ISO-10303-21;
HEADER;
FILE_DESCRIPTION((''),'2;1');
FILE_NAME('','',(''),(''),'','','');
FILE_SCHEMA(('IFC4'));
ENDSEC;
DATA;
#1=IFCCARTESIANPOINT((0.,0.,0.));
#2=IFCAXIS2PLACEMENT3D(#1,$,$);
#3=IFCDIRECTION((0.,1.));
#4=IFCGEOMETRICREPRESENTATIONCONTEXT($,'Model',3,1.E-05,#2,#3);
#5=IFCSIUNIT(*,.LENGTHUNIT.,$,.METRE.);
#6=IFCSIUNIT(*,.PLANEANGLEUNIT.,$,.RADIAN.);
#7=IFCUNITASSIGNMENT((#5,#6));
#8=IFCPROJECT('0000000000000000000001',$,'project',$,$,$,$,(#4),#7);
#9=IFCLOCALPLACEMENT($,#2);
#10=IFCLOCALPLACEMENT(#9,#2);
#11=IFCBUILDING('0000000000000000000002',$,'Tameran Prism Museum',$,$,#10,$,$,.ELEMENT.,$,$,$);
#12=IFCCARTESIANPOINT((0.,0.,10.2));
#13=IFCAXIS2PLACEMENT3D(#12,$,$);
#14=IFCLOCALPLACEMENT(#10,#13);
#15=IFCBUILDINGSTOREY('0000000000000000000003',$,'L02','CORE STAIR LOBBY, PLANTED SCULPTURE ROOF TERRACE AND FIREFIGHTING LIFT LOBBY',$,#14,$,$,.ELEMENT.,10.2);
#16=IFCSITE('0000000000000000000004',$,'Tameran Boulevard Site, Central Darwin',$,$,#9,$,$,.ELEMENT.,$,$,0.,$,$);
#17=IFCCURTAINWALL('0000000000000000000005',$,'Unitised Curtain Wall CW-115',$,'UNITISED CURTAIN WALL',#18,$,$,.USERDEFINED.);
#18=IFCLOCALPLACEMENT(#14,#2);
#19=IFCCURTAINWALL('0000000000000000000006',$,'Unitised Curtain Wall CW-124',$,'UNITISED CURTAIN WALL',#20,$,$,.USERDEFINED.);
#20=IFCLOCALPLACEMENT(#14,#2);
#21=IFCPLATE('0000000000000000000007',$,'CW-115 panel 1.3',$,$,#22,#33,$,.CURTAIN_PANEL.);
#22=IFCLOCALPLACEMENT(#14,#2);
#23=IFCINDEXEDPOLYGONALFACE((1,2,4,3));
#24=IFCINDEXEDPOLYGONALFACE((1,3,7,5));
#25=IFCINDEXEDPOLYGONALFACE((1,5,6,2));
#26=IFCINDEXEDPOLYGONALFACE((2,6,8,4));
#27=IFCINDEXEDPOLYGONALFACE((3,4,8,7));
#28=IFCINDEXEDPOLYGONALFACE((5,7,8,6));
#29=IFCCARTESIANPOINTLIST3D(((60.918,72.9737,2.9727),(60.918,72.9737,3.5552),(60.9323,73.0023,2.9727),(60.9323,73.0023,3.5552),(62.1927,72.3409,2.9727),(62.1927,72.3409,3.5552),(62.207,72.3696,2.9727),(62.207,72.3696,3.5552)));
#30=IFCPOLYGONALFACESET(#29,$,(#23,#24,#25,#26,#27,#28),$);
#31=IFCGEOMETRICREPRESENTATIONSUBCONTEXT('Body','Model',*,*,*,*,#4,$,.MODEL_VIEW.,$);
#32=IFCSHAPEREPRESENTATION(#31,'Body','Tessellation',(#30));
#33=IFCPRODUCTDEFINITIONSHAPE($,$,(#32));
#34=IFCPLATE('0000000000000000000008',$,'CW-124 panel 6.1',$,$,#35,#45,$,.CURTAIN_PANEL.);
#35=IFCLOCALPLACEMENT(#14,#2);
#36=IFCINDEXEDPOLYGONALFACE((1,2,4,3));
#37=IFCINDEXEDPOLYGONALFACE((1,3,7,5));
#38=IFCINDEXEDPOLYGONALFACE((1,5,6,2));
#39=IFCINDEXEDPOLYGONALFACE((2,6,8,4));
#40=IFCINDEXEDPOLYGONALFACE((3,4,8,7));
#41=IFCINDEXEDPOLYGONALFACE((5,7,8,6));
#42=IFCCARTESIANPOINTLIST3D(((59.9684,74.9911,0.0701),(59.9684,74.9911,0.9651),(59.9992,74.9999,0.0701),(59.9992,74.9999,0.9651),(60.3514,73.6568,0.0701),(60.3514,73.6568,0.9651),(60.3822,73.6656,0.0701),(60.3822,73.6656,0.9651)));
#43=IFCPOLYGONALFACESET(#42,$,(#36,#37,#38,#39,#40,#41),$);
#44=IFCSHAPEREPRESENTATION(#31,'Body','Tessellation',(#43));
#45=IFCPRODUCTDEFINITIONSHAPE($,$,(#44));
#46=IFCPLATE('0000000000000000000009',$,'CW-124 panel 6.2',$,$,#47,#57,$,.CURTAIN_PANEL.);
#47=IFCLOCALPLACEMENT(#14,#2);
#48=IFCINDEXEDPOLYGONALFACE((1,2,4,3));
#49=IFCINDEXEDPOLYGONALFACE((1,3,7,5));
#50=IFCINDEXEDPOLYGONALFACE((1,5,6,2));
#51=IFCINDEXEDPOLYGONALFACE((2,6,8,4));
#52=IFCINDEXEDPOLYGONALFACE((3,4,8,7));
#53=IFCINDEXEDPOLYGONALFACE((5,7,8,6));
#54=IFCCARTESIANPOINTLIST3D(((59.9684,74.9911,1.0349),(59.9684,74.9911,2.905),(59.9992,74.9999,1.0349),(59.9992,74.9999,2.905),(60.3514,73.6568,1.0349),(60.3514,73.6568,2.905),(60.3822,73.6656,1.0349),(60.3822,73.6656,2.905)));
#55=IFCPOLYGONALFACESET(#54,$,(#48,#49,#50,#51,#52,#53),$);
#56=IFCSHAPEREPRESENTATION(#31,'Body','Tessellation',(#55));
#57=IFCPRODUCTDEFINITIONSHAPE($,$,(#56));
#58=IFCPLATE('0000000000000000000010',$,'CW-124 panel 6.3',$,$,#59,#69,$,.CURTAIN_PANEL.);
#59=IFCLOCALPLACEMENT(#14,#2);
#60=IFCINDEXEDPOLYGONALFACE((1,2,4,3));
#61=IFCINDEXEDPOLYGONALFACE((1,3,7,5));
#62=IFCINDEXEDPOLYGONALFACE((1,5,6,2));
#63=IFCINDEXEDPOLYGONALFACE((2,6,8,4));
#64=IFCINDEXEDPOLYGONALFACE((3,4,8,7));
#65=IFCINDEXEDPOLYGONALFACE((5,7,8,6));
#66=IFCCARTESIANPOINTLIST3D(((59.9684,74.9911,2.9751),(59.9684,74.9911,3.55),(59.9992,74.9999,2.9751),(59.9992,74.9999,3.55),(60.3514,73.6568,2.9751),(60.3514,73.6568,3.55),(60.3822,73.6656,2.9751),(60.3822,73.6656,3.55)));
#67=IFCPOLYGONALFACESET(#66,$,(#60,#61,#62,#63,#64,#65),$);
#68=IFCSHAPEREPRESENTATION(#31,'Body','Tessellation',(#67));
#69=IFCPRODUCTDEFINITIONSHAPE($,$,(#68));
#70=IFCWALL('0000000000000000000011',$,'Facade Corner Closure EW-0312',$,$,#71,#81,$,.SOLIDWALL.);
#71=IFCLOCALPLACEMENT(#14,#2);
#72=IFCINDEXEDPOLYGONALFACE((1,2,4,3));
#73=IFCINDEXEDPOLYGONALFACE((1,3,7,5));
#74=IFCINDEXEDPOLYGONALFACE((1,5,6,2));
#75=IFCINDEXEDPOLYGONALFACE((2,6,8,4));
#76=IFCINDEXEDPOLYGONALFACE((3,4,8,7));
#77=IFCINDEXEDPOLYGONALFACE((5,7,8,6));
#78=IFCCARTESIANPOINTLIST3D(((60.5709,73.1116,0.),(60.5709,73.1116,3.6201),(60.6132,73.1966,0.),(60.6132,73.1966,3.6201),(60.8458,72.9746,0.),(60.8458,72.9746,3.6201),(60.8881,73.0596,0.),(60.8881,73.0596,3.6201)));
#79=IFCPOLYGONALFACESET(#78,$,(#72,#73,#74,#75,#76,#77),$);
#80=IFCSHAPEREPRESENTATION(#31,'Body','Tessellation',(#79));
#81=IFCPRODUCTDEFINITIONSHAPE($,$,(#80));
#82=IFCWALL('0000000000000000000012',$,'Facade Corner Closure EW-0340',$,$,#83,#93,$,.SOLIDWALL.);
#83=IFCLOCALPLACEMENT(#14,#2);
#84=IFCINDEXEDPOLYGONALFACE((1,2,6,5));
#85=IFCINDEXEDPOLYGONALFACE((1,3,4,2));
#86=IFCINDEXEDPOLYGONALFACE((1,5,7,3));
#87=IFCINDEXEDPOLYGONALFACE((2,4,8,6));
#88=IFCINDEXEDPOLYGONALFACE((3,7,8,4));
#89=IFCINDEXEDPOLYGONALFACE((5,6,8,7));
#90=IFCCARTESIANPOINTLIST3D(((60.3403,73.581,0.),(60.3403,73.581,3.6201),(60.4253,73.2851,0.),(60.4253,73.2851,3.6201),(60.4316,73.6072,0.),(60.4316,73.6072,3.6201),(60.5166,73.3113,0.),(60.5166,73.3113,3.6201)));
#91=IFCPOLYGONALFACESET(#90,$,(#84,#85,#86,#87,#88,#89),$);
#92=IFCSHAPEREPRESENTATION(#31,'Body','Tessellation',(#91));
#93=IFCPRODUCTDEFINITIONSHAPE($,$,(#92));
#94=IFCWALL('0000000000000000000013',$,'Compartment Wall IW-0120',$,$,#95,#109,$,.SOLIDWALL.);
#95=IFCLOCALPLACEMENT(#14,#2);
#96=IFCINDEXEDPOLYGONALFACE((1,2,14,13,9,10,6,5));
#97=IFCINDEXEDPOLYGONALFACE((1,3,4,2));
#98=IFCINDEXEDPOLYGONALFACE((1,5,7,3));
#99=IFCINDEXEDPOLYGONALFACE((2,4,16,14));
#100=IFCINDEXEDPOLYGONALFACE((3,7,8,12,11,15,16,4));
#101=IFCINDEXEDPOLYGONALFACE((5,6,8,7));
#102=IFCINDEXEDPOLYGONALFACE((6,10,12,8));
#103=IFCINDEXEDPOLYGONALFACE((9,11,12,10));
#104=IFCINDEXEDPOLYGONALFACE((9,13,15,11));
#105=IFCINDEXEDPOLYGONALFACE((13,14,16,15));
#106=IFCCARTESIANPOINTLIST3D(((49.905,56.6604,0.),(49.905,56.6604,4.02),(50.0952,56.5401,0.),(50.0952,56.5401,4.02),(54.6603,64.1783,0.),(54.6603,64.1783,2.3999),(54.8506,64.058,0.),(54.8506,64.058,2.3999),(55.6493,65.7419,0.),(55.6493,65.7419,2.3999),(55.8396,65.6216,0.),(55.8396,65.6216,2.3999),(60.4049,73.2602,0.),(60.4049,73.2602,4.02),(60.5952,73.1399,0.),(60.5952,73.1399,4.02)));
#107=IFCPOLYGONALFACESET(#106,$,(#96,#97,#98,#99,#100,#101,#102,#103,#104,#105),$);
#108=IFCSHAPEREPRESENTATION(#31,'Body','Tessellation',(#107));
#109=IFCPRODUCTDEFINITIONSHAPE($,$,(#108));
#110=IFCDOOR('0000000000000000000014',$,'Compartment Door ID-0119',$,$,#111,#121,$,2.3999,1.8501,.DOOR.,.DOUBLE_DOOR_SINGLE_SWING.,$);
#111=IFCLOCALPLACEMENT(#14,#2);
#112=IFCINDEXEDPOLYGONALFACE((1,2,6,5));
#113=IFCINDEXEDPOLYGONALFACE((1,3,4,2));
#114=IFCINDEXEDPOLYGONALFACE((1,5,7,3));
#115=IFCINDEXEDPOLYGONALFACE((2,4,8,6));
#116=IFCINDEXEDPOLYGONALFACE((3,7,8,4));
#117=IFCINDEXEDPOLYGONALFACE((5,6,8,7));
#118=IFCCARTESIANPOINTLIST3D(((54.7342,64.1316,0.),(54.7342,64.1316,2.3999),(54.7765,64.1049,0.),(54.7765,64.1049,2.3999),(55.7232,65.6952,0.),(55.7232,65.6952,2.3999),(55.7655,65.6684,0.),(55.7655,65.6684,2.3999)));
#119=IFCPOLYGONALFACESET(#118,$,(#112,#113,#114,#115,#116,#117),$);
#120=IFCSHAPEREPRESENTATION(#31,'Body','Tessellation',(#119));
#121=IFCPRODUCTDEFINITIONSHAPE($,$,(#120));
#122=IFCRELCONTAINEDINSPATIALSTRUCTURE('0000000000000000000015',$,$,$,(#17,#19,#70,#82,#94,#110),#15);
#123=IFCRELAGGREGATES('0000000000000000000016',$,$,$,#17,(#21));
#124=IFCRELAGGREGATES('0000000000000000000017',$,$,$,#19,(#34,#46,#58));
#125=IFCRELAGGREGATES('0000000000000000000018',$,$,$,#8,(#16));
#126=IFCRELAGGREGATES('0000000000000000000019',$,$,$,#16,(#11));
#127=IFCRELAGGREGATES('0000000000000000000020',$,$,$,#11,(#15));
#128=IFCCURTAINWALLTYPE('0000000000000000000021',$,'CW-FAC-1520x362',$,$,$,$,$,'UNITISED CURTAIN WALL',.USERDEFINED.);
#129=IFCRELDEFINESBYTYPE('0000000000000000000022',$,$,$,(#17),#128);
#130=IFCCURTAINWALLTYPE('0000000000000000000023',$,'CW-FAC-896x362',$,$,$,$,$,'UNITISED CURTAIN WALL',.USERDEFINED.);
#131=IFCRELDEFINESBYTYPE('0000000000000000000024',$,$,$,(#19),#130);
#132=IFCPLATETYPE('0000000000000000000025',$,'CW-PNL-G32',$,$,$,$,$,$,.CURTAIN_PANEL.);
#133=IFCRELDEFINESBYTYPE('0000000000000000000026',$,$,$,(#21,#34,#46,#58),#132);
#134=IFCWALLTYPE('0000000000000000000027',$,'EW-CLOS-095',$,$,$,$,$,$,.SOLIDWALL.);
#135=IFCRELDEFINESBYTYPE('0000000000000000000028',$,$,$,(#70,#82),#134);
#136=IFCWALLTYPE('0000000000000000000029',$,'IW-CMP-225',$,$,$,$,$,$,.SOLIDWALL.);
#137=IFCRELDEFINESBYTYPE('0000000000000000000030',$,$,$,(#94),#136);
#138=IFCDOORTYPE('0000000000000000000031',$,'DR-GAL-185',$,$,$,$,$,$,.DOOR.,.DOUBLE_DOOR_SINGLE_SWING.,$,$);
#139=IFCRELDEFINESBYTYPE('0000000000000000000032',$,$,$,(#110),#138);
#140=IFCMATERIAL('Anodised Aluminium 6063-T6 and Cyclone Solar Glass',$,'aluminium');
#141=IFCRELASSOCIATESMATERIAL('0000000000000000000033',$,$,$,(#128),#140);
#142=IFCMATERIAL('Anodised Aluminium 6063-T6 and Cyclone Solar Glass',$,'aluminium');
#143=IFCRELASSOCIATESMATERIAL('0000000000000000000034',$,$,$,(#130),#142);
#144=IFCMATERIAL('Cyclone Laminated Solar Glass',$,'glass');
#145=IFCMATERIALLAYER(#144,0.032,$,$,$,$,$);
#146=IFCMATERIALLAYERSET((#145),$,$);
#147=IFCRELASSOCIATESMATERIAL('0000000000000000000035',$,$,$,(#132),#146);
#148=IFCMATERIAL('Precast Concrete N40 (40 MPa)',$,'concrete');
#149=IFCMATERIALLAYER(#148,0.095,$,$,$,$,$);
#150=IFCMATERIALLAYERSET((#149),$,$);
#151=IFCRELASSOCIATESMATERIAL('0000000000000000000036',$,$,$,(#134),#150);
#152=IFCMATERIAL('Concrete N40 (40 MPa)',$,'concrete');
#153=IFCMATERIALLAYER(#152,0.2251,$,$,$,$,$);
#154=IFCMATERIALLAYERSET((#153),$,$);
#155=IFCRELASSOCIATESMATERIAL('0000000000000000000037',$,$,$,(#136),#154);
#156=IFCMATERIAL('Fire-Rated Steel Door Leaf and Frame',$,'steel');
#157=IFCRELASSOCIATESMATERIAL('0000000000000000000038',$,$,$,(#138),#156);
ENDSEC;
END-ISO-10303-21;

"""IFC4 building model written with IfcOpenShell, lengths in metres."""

from ifc_helpers import new_model, si_unit, direction, frame, frame_2d, origin, origin_2d, place, context, subcontext, project, spatial, rectangle, extrude, material, layer, layer_set, type_object, element, fill, aggregate, save


model = new_model("IFC4")

# Units and contexts
model_context = context("Model", 3, precision=1e-05, world=origin(), true_north=direction((0.0, 1.0)))
body_context = subcontext(model_context, "Body", "Model", "MODEL_VIEW")
ifc_project = project(units=[si_unit("LENGTHUNIT", "METRE"), si_unit("PLANEANGLEUNIT", "RADIAN")], contexts=[model_context])

# Site, building, storey
site_placement = place(None, origin())
site = spatial("IfcSite", under=ifc_project, at=site_placement, Name="Tameran Boulevard Site, Central Darwin", CompositionType="ELEMENT", RefElevation=0.0)
building_placement = place(site_placement, origin())
building = spatial("IfcBuilding", under=site, at=building_placement, Name="Tameran Prism Museum", CompositionType="ELEMENT")
storey_placement = place(building_placement, frame((0.0, 0.0, 10.2)))
storey = spatial("IfcBuildingStorey", under=building, at=storey_placement, Name="L02", Description="CORE STAIR LOBBY, PLANTED SCULPTURE ROOF TERRACE AND FIREFIGHTING LIFT LOBBY", CompositionType="ELEMENT", Elevation=10.2)

# Curtain wall
ifc_material_1 = material(Name="Anodised Aluminium 6063-T6 and Cyclone Solar Glass", Category="aluminium")
curtain_wall_type_1 = type_object("IfcCurtainWallType", Name="CW-FAC-1520x362", ElementType="UNITISED CURTAIN WALL", PredefinedType="USERDEFINED", material=ifc_material_1)
curtain_wall_1_placement = place(storey_placement, origin())
curtain_wall_1 = element("IfcCurtainWall", 1, at=curtain_wall_1_placement, inside=storey, type_object=curtain_wall_type_1, Name="Unitised Curtain Wall CW-115", ObjectType="UNITISED CURTAIN WALL", PredefinedType="USERDEFINED")

# Curtain wall
ifc_material_2 = material(Name="Anodised Aluminium 6063-T6 and Cyclone Solar Glass", Category="aluminium")
curtain_wall_type_2 = type_object("IfcCurtainWallType", Name="CW-FAC-896x362", ElementType="UNITISED CURTAIN WALL", PredefinedType="USERDEFINED", material=ifc_material_2)
curtain_wall_2_placement = place(storey_placement, origin())
curtain_wall_2 = element("IfcCurtainWall", 2, at=curtain_wall_2_placement, inside=storey, type_object=curtain_wall_type_2, Name="Unitised Curtain Wall CW-124", ObjectType="UNITISED CURTAIN WALL", PredefinedType="USERDEFINED")

# Plates
ifc_material_3 = material(Name="Cyclone Laminated Solar Glass", Category="glass")
ifc_layer_1 = layer(ifc_material_3, 0.032)
ifc_layer_set_1 = layer_set([ifc_layer_1])
plate_type = type_object("IfcPlateType", Name="CW-PNL-G32", PredefinedType="CURTAIN_PANEL", material=ifc_layer_set_1)
plate_1_placement = place(storey_placement, frame((61.5625, 72.6716, 2.9727), z_axis=(0.0, 0.0, 1.0), x_axis=(0.895712, -0.444634, 0.0)))
plate_1 = element("IfcPlate", 3, at=plate_1_placement, type_object=plate_type, Name="CW-115 panel 1.3", PredefinedType="CURTAIN_PANEL", context=body_context, shape_type="SweptSolid", body=[
    extrude(rectangle(XDim=1.4231, YDim=0.032, at=origin_2d()), origin(), (0.0, 0.0, 1.0), 0.5825),
])
aggregate(curtain_wall_1, [plate_1])
plate_2_placement = place(storey_placement, frame((60.1753, 74.3284, 0.0701), z_axis=(0.0, 0.0, 1.0), x_axis=(0.2759, -0.961186, 0.0)))
plate_2 = element("IfcPlate", 4, at=plate_2_placement, type_object=plate_type, Name="CW-124 panel 6.1", PredefinedType="CURTAIN_PANEL", context=body_context, shape_type="SweptSolid", body=[
    extrude(rectangle(XDim=1.3882, YDim=0.032, at=origin_2d()), origin(), (0.0, 0.0, 1.0), 0.895),
])
plate_3_placement = place(storey_placement, frame((60.1753, 74.3284, 1.0349), z_axis=(0.0, 0.0, 1.0), x_axis=(0.2759, -0.961186, 0.0)))
plate_3 = element("IfcPlate", 5, at=plate_3_placement, type_object=plate_type, Name="CW-124 panel 6.2", PredefinedType="CURTAIN_PANEL", context=body_context, shape_type="SweptSolid", body=[
    extrude(rectangle(XDim=1.3882, YDim=0.032, at=origin_2d()), origin(), (0.0, 0.0, 1.0), 1.8701),
])
plate_4_placement = place(storey_placement, frame((60.1753, 74.3284, 2.9751), z_axis=(0.0, 0.0, 1.0), x_axis=(0.2759, -0.961186, 0.0)))
plate_4 = element("IfcPlate", 6, at=plate_4_placement, type_object=plate_type, Name="CW-124 panel 6.3", PredefinedType="CURTAIN_PANEL", context=body_context, shape_type="SweptSolid", body=[
    extrude(rectangle(XDim=1.3882, YDim=0.032, at=origin_2d()), origin(), (0.0, 0.0, 1.0), 0.575),
])
aggregate(curtain_wall_2, [plate_2, plate_3, plate_4])

# Walls
ifc_material_4 = material(Name="Precast Concrete N40 (40 MPa)", Category="concrete")
ifc_layer_2 = layer(ifc_material_4, 0.095)
ifc_layer_set_2 = layer_set([ifc_layer_2])
wall_type_1 = type_object("IfcWallType", Name="EW-CLOS-095", PredefinedType="SOLIDWALL", material=ifc_layer_set_2)
wall_1_placement = place(storey_placement, frame((60.592, 73.1541, 0.0), z_axis=(0.0, 0.0, 1.0), x_axis=(0.895062, -0.445941, 0.0)))
element("IfcWall", 7, at=wall_1_placement, inside=storey, type_object=wall_type_1, Name="Facade Corner Closure EW-0312", PredefinedType="SOLIDWALL", context=body_context, shape_type="SweptSolid", body=[
    extrude(rectangle(XDim=0.3071, YDim=0.095, at=frame_2d((0.1536, 0.0))), origin(), (0.0, 0.0, 1.0), 3.6201),
])
wall_2_placement = place(storey_placement, frame((60.386, 73.594, 0.0), z_axis=(0.0, 0.0, 1.0), x_axis=(0.275978, -0.961164, 0.0)))
element("IfcWall", 8, at=wall_2_placement, inside=storey, type_object=wall_type_1, Name="Facade Corner Closure EW-0340", PredefinedType="SOLIDWALL", context=body_context, shape_type="SweptSolid", body=[
    extrude(rectangle(XDim=0.3079, YDim=0.095, at=frame_2d((0.1538, 0.0))), origin(), (0.0, 0.0, 1.0), 3.6201),
])

# Wall, opening, door
ifc_material_5 = material(Name="Concrete N40 (40 MPa)", Category="concrete")
ifc_layer_3 = layer(ifc_material_5, 0.2251)
ifc_layer_set_3 = layer_set([ifc_layer_3])
wall_type_2 = type_object("IfcWallType", Name="IW-CMP-225", PredefinedType="SOLIDWALL", material=ifc_layer_set_3)
wall_3_placement = place(storey_placement, frame((60.5, 73.2, 0.0), z_axis=(0.0, 0.0, 1.0), x_axis=(-0.534571, -0.845124, 0.0)))
wall_3 = element("IfcWall", 9, at=wall_3_placement, inside=storey, type_object=wall_type_2, Name="Compartment Wall IW-0120", PredefinedType="SOLIDWALL", context=body_context, shape_type="SweptSolid", body=[
    extrude(rectangle(XDim=19.6418, YDim=0.2251, at=frame_2d((9.8208, 0.0))), origin(), (0.0, 0.0, 1.0), 4.02),
])
opening_placement = place(wall_3_placement, frame((8.896, 0.0, 0.0)))
opening = element("IfcOpeningElement", 10, at=opening_placement, cuts=wall_3, PredefinedType="OPENING", context=body_context, shape_type="SweptSolid", body=[
    extrude(rectangle(XDim=1.8501, YDim=2.3999, at=frame_2d((0.925, 1.2))), frame((0.0, 0.1226, 0.0), z_axis=(0.0, -1.0, 0.0), x_axis=(1.0, 0.0, 0.0)), (0.0, 0.0, 1.0), 0.2451),
])
ifc_material_6 = material(Name="Fire-Rated Steel Door Leaf and Frame", Category="steel")
door_type = type_object("IfcDoorType", Name="DR-GAL-185", OperationType="DOUBLE_DOOR_SINGLE_SWING", PredefinedType="DOOR", material=ifc_material_6)
door_placement = place(opening_placement, origin())
door = element("IfcDoor", 11, at=door_placement, inside=storey, type_object=door_type, Name="Compartment Door ID-0119", OperationType="DOUBLE_DOOR_SINGLE_SWING", OverallHeight=2.3999, OverallWidth=1.8501, PredefinedType="DOOR", context=body_context, shape_type="SweptSolid", body=[
    extrude(rectangle(XDim=1.8501, YDim=2.3999, at=frame_2d((0.925, 1.2))), frame((0.0, 0.0249, 0.0), z_axis=(0.0, -1.0, 0.0), x_axis=(1.0, 0.0, 0.0)), (0.0, 0.0, 1.0), 0.05),
])
fill(opening, door)

save(model, "model.ifc")
